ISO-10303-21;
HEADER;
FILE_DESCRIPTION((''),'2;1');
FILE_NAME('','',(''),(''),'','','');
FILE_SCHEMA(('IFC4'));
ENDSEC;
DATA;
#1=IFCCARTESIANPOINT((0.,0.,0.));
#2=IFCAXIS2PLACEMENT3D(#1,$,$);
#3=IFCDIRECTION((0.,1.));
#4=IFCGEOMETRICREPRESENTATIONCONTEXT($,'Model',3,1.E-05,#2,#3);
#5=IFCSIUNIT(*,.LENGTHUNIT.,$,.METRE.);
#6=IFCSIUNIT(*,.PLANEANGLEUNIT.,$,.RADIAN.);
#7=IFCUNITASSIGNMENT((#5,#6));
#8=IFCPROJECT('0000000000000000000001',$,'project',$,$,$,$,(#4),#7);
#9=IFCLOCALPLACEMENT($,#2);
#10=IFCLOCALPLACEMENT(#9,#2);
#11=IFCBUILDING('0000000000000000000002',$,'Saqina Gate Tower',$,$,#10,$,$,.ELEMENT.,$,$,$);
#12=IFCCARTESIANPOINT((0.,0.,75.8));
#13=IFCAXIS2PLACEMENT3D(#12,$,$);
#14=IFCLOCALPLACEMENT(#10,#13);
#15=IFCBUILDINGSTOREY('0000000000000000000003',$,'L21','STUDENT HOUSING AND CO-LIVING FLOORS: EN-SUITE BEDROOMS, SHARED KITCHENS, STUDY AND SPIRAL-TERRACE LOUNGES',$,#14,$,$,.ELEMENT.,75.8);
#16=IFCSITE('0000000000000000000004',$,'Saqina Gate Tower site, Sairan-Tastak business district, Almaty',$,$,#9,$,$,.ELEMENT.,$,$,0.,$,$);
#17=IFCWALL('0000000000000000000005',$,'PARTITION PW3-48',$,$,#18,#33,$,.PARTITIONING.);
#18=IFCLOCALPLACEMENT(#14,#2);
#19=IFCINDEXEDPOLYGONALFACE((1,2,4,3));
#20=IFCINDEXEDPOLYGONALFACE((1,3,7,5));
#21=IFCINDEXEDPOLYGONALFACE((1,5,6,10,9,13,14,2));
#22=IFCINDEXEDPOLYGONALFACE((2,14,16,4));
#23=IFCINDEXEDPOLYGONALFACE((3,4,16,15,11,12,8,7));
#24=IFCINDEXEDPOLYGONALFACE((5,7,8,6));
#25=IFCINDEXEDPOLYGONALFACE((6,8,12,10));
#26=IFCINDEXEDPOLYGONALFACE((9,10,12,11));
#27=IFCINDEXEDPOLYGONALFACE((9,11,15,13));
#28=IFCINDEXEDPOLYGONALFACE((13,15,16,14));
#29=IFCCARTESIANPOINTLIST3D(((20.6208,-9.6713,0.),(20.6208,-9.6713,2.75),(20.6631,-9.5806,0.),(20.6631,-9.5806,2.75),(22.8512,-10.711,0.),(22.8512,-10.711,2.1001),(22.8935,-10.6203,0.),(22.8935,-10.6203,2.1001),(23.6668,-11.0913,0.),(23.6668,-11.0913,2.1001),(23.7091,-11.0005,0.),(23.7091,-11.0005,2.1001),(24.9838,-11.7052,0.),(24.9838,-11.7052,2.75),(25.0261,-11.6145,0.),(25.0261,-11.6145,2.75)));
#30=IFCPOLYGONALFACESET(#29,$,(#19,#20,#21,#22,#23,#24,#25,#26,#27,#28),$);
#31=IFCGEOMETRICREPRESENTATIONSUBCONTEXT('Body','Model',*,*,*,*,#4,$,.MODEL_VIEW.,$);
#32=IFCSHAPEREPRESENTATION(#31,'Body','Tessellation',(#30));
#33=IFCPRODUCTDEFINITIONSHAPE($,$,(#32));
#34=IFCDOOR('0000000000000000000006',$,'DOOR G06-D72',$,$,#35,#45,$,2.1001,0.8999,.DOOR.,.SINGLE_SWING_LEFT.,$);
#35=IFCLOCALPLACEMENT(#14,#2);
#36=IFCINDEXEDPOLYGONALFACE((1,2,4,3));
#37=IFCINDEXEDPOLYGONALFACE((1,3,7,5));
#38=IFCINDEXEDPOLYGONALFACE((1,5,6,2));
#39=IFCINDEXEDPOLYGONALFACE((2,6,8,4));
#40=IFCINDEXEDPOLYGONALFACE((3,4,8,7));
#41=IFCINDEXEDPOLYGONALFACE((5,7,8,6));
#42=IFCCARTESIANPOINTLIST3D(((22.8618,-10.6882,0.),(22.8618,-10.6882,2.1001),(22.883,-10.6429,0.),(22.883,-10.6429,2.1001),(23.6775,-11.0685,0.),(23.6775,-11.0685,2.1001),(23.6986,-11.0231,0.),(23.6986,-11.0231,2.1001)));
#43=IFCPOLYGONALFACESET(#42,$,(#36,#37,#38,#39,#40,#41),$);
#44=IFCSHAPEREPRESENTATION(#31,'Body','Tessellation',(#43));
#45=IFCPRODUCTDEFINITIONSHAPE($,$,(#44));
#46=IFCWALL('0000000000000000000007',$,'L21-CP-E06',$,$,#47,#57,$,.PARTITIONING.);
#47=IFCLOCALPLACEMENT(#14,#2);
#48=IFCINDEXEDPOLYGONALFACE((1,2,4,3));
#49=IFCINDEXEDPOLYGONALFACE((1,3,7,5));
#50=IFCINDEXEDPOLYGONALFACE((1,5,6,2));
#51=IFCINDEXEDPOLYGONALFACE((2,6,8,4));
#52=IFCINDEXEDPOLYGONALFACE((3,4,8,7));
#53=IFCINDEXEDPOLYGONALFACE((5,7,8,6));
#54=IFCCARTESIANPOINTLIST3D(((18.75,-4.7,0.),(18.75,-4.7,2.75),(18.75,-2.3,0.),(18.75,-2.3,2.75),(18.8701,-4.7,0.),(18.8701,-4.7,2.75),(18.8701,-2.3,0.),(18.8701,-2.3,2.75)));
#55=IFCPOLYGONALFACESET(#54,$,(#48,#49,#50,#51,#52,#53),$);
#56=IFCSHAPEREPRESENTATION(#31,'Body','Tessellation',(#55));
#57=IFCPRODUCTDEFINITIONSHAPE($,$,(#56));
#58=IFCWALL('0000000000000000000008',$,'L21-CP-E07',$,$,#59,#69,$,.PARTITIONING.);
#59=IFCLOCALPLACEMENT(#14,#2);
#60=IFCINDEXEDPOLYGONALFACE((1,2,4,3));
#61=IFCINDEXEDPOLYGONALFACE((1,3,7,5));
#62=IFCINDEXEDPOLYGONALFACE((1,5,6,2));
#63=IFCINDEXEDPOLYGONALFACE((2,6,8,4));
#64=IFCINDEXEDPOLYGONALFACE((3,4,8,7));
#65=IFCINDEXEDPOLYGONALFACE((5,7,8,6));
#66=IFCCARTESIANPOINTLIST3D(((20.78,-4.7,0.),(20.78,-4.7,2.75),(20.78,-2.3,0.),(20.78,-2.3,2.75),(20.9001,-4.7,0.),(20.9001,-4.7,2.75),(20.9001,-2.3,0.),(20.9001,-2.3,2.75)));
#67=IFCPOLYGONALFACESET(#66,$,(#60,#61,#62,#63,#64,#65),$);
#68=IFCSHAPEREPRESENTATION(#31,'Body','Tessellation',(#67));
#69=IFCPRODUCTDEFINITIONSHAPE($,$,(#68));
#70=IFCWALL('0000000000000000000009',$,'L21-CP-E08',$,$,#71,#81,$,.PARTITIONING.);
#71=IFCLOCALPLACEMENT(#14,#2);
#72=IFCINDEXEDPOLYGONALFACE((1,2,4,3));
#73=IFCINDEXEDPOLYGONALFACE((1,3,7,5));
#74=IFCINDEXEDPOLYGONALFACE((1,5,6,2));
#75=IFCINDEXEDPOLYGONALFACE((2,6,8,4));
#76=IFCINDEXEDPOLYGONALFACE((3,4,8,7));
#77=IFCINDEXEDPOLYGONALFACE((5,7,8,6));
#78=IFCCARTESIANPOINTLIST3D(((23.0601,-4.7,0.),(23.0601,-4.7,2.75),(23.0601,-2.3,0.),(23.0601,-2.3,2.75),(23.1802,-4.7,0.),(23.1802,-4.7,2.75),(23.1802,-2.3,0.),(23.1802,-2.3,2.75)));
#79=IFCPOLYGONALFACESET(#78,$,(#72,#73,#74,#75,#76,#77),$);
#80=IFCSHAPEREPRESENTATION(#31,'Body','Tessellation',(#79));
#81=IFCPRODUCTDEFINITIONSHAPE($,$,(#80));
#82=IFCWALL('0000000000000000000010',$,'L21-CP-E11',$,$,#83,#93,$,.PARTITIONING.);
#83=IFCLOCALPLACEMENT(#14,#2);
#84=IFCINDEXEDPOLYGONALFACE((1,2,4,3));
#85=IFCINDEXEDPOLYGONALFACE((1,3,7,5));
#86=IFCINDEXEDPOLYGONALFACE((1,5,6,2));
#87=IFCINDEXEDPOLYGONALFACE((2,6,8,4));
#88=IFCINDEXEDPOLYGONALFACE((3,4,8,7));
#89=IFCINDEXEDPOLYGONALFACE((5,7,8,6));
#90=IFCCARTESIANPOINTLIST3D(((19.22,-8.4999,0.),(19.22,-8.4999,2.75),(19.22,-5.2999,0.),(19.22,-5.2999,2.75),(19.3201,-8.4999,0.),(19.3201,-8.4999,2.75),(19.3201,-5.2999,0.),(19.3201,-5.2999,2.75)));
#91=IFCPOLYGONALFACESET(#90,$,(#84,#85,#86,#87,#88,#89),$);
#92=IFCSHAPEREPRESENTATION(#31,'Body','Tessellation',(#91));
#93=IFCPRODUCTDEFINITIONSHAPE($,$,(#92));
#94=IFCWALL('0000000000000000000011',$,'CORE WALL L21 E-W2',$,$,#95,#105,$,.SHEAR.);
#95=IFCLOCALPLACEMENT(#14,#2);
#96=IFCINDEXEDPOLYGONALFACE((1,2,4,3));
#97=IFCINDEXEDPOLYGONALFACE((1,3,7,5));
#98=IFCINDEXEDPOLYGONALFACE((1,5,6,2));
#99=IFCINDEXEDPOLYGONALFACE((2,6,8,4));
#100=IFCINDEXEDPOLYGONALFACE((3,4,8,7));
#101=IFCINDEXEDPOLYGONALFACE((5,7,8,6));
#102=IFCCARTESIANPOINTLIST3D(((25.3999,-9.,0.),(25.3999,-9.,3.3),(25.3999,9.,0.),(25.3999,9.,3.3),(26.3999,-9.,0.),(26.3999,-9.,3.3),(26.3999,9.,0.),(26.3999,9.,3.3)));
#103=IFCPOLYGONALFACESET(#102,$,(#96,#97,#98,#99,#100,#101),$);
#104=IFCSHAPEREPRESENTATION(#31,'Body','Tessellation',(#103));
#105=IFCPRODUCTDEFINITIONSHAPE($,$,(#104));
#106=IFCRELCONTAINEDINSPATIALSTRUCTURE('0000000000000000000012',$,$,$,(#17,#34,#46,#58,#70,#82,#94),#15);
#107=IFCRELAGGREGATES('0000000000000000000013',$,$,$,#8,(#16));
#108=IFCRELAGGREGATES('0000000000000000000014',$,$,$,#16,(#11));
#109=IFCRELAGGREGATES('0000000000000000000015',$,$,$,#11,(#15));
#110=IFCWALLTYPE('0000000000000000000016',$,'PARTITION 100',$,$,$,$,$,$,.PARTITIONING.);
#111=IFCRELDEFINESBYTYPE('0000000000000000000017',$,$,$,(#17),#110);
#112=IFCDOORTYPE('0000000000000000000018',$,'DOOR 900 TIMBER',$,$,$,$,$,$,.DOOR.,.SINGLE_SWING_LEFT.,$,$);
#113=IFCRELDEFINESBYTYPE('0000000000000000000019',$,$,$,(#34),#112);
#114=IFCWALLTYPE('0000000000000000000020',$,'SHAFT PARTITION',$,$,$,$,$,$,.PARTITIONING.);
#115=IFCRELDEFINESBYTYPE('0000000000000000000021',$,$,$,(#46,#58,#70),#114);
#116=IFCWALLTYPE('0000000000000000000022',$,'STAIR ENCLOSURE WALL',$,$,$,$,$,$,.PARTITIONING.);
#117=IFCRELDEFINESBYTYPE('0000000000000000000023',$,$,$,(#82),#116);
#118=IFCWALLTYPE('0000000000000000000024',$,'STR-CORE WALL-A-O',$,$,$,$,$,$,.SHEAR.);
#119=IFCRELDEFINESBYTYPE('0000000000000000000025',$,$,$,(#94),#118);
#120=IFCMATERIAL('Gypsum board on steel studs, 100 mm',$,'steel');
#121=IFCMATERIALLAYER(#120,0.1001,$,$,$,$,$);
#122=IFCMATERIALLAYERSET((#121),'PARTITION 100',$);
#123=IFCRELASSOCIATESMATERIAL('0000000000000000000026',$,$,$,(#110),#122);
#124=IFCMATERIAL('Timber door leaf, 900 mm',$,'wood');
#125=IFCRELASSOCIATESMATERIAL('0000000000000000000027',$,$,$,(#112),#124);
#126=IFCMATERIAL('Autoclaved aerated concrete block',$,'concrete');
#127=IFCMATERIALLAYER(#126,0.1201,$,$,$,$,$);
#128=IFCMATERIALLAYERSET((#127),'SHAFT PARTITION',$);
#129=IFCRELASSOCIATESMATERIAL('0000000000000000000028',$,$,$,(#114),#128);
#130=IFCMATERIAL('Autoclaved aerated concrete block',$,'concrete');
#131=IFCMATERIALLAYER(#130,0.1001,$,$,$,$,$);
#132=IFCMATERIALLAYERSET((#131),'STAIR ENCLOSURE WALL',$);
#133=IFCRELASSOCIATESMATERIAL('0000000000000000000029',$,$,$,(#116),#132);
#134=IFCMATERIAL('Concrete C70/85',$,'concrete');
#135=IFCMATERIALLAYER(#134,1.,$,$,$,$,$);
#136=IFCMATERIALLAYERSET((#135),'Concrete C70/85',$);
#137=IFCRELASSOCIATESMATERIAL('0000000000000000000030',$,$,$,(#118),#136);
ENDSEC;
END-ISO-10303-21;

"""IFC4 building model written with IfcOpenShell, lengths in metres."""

from ifc_helpers import new_model, si_unit, direction, frame, frame_2d, origin, place, context, subcontext, project, spatial, rectangle, extrude, material, layer, layer_set, type_object, element, fill, save


model = new_model("IFC4")

# Units and contexts
model_context = context("Model", 3, precision=1e-05, world=origin(), true_north=direction((0.0, 1.0)))
body_context = subcontext(model_context, "Body", "Model", "MODEL_VIEW")
ifc_project = project(units=[si_unit("LENGTHUNIT", "METRE"), si_unit("PLANEANGLEUNIT", "RADIAN")], contexts=[model_context])

# Site, building, storey
site_placement = place(None, origin())
site = spatial("IfcSite", under=ifc_project, at=site_placement, Name="Saqina Gate Tower site, Sairan-Tastak business district, Almaty", CompositionType="ELEMENT", RefElevation=0.0)
building_placement = place(site_placement, origin())
building = spatial("IfcBuilding", under=site, at=building_placement, Name="Saqina Gate Tower", CompositionType="ELEMENT")
storey_placement = place(building_placement, frame((0.0, 0.0, 75.8)))
storey = spatial("IfcBuildingStorey", under=building, at=storey_placement, Name="L21", Description="STUDENT HOUSING AND CO-LIVING FLOORS: EN-SUITE BEDROOMS, SHARED KITCHENS, STUDY AND SPIRAL-TERRACE LOUNGES", CompositionType="ELEMENT", Elevation=75.8)

# Wall, opening, door
ifc_material_1 = material(Name="Gypsum board on steel studs, 100 mm", Category="steel")
ifc_layer_1 = layer(ifc_material_1, 0.1001)
ifc_layer_set_1 = layer_set([ifc_layer_1], Name="PARTITION 100")
wall_type_1 = type_object("IfcWallType", Name="PARTITION 100", PredefinedType="PARTITIONING", material=ifc_layer_set_1)
wall_1_placement = place(storey_placement, frame((20.6421, -9.626, 0.0), z_axis=(0.0, 0.0, 1.0), x_axis=(0.906354, -0.422519, 0.0)))
wall_1 = element("IfcWall", 1, at=wall_1_placement, inside=storey, type_object=wall_type_1, Name="PARTITION PW3-48", PredefinedType="PARTITIONING", context=body_context, shape_type="SweptSolid", body=[
    extrude(rectangle(XDim=4.8137, YDim=0.1001, at=frame_2d((2.4067, 0.0))), origin(), (0.0, 0.0, 1.0), 2.75),
])
opening_1_placement = place(wall_1_placement, frame((2.4607, 0.0, 0.0)))
opening_1 = element("IfcOpeningElement", 2, at=opening_1_placement, cuts=wall_1, PredefinedType="OPENING", context=body_context, shape_type="SweptSolid", body=[
    extrude(rectangle(XDim=0.8999, YDim=2.1001, at=frame_2d((0.45, 1.05))), frame((0.0, 0.062, 0.0), z_axis=(0.0, -1.0, 0.0), x_axis=(1.0, 0.0, 0.0)), (0.0, 0.0, 1.0), 0.124),
])
ifc_material_2 = material(Name="Timber door leaf, 900 mm", Category="wood")
door_type_1 = type_object("IfcDoorType", Name="DOOR 900 TIMBER", OperationType="SINGLE_SWING_LEFT", PredefinedType="DOOR", material=ifc_material_2)
door_1_placement = place(opening_1_placement, frame((0.8999, 0.0, 0.0), z_axis=(0.0, 0.0, 1.0), x_axis=(-1.0, 0.0, 0.0)))
door_1 = element("IfcDoor", 3, at=door_1_placement, inside=storey, type_object=door_type_1, Name="DOOR G06-D72", OperationType="SINGLE_SWING_LEFT", OverallHeight=2.1001, OverallWidth=0.8999, PredefinedType="DOOR", context=body_context, shape_type="SweptSolid", body=[
    extrude(rectangle(XDim=0.8999, YDim=2.1001, at=frame_2d((0.45, 1.05))), frame((0.0, 0.0249, 0.0), z_axis=(0.0, -1.0, 0.0), x_axis=(1.0, 0.0, 0.0)), (0.0, 0.0, 1.0), 0.05),
])
fill(opening_1, door_1)

# Walls
ifc_material_3 = material(Name="Autoclaved aerated concrete block", Category="concrete")
ifc_layer_2 = layer(ifc_material_3, 0.1201)
ifc_layer_set_2 = layer_set([ifc_layer_2], Name="SHAFT PARTITION")
wall_type_2 = type_object("IfcWallType", Name="SHAFT PARTITION", PredefinedType="PARTITIONING", material=ifc_layer_set_2)
for number, where, z_axis, x_axis, name in (
    (4, (18.8101, -4.7, 0.0), (0.0, 0.0, 1.0), (0.0, 1.0, 0.0), "L21-CP-E06"),
    (5, (20.8401, -4.7, 0.0), (0.0, 0.0, 1.0), (0.0, 1.0, 0.0), "L21-CP-E07"),
    (6, (23.1201, -4.7, 0.0), (0.0, 0.0, 1.0), (0.0, 1.0, 0.0), "L21-CP-E08"),
):
    element("IfcWall", number, at=place(storey_placement, frame(where, z_axis=z_axis, x_axis=x_axis)), inside=storey, type_object=wall_type_2, Name=name, PredefinedType="PARTITIONING", context=body_context, shape_type="SweptSolid", body=[
        extrude(rectangle(XDim=2.3999, YDim=0.1201, at=frame_2d((1.2, 0.0))), origin(), (0.0, 0.0, 1.0), 2.75),
    ])
ifc_material_4 = material(Name="Autoclaved aerated concrete block", Category="concrete")
ifc_layer_3 = layer(ifc_material_4, 0.1001)
ifc_layer_set_3 = layer_set([ifc_layer_3], Name="STAIR ENCLOSURE WALL")
wall_type_3 = type_object("IfcWallType", Name="STAIR ENCLOSURE WALL", PredefinedType="PARTITIONING", material=ifc_layer_set_3)
wall_2_placement = place(storey_placement, frame((19.27, -8.5, 0.0), z_axis=(0.0, 0.0, 1.0), x_axis=(0.0, 1.0, 0.0)))
element("IfcWall", 7, at=wall_2_placement, inside=storey, type_object=wall_type_3, Name="L21-CP-E11", PredefinedType="PARTITIONING", context=body_context, shape_type="SweptSolid", body=[
    extrude(rectangle(XDim=3.2, YDim=0.1001, at=frame_2d((1.6001, 0.0))), origin(), (0.0, 0.0, 1.0), 2.75),
])
ifc_material_5 = material(Name="Concrete C70/85", Category="concrete")
ifc_layer_4 = layer(ifc_material_5, 1.0)
ifc_layer_set_4 = layer_set([ifc_layer_4], Name="Concrete C70/85")
wall_type_4 = type_object("IfcWallType", Name="STR-CORE WALL-A-O", PredefinedType="SHEAR", material=ifc_layer_set_4)
wall_3_placement = place(storey_placement, frame((25.8999, -9.0, 0.0), z_axis=(0.0, 0.0, 1.0), x_axis=(0.0, 1.0, 0.0)))
element("IfcWall", 8, at=wall_3_placement, inside=storey, type_object=wall_type_4, Name="CORE WALL L21 E-W2", PredefinedType="SHEAR", context=body_context, shape_type="SweptSolid", body=[
    extrude(rectangle(XDim=18.0, YDim=1.0, at=frame_2d((9.0, 0.0))), origin(), (0.0, 0.0, 1.0), 3.3),
])

save(model, "model.ifc")
